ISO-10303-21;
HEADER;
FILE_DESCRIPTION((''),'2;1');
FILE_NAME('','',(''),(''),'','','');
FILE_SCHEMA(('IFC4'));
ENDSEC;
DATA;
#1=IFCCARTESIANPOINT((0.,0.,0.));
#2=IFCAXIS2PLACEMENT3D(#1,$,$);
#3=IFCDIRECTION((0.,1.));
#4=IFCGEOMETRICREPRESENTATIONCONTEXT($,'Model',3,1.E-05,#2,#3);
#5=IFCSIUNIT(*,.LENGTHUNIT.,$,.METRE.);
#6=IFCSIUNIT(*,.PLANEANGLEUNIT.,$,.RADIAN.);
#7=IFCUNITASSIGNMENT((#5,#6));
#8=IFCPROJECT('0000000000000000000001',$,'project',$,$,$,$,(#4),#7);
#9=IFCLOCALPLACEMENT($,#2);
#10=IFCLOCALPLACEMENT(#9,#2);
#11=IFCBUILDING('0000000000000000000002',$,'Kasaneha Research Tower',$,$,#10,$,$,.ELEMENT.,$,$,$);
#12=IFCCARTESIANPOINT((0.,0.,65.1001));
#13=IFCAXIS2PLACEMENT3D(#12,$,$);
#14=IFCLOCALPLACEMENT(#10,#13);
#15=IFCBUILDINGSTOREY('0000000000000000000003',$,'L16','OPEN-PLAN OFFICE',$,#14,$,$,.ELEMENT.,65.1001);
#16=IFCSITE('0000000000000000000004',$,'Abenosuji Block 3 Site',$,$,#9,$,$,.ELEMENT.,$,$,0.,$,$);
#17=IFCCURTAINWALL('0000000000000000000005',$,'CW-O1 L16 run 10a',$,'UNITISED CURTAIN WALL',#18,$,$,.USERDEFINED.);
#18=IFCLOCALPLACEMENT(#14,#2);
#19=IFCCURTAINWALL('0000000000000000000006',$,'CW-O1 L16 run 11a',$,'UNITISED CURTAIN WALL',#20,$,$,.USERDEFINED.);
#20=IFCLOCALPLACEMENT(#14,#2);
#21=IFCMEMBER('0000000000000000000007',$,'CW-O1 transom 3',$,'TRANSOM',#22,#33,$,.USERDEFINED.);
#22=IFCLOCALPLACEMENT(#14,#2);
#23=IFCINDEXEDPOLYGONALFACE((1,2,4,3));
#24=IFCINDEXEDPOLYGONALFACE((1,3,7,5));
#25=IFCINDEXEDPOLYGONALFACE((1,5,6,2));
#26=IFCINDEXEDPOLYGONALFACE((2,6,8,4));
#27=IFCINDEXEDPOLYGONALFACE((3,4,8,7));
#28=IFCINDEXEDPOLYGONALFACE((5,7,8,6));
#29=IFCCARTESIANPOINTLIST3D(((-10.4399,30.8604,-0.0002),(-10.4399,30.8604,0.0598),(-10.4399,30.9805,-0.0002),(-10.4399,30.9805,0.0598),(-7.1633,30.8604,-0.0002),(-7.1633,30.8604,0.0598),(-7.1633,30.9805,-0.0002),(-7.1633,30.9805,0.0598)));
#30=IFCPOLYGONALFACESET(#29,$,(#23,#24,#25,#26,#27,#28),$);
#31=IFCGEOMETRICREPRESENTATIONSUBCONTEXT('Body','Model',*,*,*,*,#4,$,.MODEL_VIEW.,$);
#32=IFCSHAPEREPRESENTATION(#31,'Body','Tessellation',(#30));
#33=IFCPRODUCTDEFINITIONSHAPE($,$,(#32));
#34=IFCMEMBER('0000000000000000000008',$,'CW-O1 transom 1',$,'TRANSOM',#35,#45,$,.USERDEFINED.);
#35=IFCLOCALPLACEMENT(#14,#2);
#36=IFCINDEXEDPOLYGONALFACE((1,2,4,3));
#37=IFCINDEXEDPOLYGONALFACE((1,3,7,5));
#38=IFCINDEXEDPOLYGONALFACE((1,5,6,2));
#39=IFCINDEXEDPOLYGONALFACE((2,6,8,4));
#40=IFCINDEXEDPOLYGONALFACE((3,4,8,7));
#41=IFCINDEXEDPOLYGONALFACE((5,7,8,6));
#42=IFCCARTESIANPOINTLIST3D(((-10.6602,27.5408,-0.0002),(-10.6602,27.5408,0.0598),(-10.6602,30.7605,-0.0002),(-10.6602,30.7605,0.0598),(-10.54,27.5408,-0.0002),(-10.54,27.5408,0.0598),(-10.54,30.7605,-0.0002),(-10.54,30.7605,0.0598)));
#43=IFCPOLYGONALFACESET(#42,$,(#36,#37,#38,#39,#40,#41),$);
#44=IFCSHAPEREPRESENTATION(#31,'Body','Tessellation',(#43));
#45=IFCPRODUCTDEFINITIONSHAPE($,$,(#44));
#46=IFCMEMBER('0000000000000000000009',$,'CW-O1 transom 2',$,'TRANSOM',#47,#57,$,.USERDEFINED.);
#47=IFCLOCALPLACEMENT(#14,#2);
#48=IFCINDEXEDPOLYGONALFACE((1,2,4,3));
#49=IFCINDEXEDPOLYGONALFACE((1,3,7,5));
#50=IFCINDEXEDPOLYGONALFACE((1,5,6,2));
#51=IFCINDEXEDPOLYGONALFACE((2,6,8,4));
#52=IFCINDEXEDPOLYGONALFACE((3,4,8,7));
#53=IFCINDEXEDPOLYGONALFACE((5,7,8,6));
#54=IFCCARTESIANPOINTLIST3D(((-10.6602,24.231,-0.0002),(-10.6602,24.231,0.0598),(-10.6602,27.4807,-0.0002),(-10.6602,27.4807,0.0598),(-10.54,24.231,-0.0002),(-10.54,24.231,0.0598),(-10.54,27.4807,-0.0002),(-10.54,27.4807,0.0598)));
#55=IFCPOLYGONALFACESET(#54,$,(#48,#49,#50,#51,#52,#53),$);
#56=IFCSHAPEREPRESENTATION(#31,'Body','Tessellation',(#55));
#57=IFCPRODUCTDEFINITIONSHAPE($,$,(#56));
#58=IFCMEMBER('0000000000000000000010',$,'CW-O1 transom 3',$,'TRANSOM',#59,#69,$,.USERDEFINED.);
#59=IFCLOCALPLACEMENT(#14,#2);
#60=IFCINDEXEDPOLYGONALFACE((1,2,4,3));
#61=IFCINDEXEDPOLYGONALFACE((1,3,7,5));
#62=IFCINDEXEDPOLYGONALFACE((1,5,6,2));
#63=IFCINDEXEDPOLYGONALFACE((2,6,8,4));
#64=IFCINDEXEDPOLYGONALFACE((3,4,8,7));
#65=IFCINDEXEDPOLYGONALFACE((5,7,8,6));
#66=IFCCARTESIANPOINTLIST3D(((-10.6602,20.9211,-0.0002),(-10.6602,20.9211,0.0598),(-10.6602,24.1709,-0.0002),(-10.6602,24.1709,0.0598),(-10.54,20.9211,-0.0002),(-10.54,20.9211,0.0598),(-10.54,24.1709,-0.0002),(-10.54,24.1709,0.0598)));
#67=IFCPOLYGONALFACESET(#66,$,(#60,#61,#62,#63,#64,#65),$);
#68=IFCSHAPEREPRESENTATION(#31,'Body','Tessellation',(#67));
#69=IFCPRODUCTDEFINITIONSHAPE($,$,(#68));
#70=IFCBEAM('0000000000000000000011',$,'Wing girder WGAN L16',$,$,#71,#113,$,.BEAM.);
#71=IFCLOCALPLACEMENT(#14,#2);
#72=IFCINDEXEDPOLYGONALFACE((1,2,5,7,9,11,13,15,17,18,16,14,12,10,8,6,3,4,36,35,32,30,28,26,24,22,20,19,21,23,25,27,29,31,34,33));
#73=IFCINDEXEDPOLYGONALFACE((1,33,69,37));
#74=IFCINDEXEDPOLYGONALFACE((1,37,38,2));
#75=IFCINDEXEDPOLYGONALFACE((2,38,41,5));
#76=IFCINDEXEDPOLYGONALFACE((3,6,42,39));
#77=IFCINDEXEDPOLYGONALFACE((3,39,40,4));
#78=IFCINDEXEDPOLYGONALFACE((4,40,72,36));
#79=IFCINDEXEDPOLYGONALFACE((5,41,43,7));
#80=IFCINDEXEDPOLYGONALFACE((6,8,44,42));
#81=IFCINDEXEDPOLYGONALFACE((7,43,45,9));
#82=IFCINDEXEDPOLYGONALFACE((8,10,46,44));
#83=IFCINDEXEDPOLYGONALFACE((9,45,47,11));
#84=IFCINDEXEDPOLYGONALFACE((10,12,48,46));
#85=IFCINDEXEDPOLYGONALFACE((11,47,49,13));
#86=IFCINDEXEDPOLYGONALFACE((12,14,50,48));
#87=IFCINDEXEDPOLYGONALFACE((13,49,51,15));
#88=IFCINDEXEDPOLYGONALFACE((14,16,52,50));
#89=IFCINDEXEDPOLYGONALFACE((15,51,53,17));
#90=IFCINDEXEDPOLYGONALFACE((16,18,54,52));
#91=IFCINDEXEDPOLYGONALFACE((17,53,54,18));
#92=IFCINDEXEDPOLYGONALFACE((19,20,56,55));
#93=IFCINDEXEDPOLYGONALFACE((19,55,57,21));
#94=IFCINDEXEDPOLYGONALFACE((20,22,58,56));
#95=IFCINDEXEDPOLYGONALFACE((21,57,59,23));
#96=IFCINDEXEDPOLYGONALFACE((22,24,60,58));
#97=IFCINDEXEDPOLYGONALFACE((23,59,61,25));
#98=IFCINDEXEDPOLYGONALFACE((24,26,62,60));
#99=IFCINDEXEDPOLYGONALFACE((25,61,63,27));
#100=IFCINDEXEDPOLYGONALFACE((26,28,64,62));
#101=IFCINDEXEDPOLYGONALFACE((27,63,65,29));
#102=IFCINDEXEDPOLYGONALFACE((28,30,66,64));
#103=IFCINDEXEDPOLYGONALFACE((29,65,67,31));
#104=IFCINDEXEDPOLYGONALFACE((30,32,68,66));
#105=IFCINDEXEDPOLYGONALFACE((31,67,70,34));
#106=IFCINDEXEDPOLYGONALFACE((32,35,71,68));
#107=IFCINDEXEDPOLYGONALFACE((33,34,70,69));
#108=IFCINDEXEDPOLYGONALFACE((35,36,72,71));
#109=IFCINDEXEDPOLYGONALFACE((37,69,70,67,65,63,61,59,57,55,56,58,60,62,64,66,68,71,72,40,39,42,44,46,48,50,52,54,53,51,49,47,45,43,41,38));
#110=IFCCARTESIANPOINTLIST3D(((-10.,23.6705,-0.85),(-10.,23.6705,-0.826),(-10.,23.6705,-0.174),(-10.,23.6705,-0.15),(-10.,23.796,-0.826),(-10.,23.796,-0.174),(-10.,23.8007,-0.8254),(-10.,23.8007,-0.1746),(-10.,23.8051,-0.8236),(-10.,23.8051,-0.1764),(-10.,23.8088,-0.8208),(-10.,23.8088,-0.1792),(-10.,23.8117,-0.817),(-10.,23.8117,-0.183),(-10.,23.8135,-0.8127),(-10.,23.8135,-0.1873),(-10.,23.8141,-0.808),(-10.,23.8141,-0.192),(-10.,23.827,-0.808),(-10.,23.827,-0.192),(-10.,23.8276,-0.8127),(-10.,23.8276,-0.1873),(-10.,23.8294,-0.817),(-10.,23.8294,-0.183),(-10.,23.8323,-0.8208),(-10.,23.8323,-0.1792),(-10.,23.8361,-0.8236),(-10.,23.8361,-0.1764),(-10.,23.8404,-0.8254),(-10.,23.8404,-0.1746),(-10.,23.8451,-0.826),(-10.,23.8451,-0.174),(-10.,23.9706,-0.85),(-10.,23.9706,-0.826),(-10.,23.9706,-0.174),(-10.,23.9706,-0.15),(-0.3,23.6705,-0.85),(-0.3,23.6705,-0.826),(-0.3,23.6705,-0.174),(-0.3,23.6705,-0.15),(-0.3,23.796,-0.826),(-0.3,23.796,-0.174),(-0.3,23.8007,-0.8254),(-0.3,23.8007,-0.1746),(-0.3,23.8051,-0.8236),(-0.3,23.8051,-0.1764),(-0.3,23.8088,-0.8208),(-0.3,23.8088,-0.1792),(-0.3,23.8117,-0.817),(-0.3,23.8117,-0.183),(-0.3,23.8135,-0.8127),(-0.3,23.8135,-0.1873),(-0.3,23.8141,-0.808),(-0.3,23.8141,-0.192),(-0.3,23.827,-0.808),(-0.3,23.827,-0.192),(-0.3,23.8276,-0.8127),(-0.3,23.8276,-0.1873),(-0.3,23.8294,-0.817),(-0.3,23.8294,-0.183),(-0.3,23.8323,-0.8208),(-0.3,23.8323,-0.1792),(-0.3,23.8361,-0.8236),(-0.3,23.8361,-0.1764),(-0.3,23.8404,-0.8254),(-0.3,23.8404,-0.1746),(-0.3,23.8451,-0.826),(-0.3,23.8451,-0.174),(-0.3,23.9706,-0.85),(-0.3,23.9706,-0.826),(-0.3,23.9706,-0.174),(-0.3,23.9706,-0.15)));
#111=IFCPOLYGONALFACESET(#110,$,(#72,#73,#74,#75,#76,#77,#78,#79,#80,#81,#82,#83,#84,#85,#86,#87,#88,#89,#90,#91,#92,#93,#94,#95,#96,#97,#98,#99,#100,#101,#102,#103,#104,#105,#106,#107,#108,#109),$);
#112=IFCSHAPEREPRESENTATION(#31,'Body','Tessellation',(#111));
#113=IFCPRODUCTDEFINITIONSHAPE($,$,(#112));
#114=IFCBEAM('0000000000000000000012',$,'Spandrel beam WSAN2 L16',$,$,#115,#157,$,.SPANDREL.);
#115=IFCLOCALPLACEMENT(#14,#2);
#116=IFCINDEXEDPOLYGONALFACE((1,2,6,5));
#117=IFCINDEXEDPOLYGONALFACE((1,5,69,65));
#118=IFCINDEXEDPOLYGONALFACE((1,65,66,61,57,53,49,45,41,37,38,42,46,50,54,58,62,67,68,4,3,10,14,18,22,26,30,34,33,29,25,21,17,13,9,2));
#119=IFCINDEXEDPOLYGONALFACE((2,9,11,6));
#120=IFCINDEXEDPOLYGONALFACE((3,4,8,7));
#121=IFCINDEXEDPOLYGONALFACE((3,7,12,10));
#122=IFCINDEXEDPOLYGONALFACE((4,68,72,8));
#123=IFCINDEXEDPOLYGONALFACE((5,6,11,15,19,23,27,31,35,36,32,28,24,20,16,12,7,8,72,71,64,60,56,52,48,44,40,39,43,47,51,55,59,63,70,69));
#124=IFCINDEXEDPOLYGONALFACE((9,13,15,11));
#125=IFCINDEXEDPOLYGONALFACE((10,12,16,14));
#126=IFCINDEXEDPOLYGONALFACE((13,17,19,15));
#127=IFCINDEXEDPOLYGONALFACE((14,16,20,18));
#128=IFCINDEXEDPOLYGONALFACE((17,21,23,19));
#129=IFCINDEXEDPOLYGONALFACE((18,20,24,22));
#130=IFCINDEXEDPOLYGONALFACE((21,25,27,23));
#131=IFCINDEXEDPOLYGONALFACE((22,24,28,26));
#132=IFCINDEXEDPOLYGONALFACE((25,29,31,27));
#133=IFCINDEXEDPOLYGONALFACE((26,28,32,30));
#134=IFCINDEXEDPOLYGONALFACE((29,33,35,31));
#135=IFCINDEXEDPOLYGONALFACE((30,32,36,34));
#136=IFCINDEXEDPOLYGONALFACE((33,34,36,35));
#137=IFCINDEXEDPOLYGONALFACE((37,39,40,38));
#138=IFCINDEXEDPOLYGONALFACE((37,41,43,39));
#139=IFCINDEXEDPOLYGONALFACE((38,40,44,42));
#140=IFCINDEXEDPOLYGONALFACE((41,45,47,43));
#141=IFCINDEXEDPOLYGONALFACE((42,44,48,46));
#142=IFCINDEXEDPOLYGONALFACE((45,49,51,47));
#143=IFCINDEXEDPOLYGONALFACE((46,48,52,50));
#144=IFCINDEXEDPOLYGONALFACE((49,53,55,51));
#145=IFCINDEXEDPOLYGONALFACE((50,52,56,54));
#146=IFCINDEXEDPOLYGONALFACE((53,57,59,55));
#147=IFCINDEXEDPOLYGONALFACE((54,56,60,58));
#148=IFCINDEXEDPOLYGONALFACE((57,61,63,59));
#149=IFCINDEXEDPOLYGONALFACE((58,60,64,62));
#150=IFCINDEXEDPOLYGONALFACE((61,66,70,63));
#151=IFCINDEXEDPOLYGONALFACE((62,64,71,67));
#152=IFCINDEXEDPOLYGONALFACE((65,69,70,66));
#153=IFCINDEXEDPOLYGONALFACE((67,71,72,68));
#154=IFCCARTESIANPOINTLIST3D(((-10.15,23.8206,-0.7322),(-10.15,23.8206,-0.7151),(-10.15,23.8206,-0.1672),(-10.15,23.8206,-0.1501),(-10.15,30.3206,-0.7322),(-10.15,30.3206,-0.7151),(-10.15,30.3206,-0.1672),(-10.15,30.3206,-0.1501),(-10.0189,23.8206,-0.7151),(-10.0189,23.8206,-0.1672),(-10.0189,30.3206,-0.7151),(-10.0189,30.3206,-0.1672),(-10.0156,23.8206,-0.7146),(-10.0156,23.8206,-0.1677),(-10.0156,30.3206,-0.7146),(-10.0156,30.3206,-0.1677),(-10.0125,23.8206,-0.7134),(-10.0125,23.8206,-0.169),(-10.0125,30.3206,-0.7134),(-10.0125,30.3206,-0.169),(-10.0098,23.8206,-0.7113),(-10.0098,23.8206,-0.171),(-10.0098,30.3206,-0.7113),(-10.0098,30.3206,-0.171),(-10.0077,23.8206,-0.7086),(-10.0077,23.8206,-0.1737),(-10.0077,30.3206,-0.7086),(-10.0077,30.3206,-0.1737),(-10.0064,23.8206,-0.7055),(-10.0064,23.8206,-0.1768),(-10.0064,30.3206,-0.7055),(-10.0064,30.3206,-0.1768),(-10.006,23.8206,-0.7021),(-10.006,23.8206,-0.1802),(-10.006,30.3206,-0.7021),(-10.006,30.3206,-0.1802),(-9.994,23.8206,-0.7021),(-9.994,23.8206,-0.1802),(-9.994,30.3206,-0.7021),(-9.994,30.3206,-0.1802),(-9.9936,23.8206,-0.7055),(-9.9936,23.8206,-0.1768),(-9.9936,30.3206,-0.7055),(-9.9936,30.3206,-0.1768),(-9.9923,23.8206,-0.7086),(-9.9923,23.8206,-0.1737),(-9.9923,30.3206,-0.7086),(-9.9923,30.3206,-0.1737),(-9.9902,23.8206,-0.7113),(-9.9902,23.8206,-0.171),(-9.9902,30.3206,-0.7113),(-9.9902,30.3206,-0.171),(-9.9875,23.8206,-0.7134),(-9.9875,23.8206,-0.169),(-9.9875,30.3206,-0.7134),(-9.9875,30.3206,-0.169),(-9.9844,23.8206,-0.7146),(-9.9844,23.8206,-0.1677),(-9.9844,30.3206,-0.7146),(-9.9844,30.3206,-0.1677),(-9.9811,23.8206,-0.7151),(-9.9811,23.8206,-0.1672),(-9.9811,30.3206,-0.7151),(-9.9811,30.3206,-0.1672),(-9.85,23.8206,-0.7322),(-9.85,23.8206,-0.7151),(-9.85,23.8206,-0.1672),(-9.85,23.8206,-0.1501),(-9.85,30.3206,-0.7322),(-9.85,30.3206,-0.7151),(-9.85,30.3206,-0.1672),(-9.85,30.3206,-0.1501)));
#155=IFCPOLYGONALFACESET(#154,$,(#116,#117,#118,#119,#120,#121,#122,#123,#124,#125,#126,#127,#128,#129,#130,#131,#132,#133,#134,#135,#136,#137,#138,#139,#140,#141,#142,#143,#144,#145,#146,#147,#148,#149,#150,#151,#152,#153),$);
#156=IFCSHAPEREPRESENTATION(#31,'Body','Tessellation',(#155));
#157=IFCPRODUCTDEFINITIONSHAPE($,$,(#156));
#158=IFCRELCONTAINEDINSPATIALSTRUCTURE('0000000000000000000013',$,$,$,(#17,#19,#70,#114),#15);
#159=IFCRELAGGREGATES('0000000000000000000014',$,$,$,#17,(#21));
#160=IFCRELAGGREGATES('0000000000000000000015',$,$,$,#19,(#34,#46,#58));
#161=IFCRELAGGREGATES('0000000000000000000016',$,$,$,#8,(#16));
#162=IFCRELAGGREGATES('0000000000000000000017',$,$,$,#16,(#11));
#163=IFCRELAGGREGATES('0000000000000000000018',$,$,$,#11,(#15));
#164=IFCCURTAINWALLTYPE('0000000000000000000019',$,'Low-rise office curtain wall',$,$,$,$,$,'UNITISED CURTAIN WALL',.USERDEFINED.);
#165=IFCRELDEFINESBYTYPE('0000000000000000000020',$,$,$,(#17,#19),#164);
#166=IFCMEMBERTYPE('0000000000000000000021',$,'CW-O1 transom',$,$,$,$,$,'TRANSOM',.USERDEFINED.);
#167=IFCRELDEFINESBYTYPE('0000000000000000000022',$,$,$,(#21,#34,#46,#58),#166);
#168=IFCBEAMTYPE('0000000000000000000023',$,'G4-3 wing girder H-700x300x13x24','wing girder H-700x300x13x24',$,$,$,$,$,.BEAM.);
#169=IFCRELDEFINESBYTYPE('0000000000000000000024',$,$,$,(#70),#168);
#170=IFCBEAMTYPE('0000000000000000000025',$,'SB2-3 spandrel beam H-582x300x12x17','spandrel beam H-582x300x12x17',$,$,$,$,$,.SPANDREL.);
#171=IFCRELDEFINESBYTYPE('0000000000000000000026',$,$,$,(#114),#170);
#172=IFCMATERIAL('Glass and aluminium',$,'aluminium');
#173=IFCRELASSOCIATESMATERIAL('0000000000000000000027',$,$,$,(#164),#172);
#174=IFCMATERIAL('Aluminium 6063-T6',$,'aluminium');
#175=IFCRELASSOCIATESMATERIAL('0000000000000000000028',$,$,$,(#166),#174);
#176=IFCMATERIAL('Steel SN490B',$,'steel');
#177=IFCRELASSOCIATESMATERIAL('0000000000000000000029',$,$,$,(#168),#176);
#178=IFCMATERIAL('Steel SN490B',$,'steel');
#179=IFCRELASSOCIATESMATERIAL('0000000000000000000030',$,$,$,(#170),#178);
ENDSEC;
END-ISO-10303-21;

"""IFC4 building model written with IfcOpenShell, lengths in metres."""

from ifc_helpers import new_model, si_unit, direction, frame, origin, origin_2d, place, context, subcontext, project, spatial, rectangle, i_section, extrude, material, material_profile, profile_set, type_object, element, aggregate, save


model = new_model("IFC4")

# Units and contexts
model_context = context("Model", 3, precision=1e-05, world=origin(), true_north=direction((0.0, 1.0)))
body_context = subcontext(model_context, "Body", "Model", "MODEL_VIEW")
ifc_project = project(units=[si_unit("LENGTHUNIT", "METRE"), si_unit("PLANEANGLEUNIT", "RADIAN")], contexts=[model_context])

# Site, building, storey
site_placement = place(None, origin())
site = spatial("IfcSite", under=ifc_project, at=site_placement, Name="Abenosuji Block 3 Site", CompositionType="ELEMENT", RefElevation=0.0)
building_placement = place(site_placement, origin())
building = spatial("IfcBuilding", under=site, at=building_placement, Name="Kasaneha Research Tower", CompositionType="ELEMENT")
storey_placement = place(building_placement, frame((0.0, 0.0, 65.1001)))
storey = spatial("IfcBuildingStorey", under=building, at=storey_placement, Name="L16", Description="OPEN-PLAN OFFICE", CompositionType="ELEMENT", Elevation=65.1001)

# Curtain walls
ifc_material_1 = material(Name="Glass and aluminium", Category="aluminium")
curtain_wall_type = type_object("IfcCurtainWallType", Name="Low-rise office curtain wall", ElementType="UNITISED CURTAIN WALL", PredefinedType="USERDEFINED", material=ifc_material_1)
curtain_wall_1_placement = place(storey_placement, origin())
curtain_wall_1 = element("IfcCurtainWall", 1, at=curtain_wall_1_placement, inside=storey, type_object=curtain_wall_type, Name="CW-O1 L16 run 10a", ObjectType="UNITISED CURTAIN WALL", PredefinedType="USERDEFINED")
curtain_wall_2_placement = place(storey_placement, origin())
curtain_wall_2 = element("IfcCurtainWall", 2, at=curtain_wall_2_placement, inside=storey, type_object=curtain_wall_type, Name="CW-O1 L16 run 11a", ObjectType="UNITISED CURTAIN WALL", PredefinedType="USERDEFINED")

# Members
ifc_material_2 = material(Name="Aluminium 6063-T6", Category="aluminium")
ifc_material_profile_1 = material_profile(ifc_material_2, rectangle(XDim=0.1201, YDim=0.0601, at=origin_2d()), Name="CW-O1 transom 120x60")
ifc_profile_set_1 = profile_set([ifc_material_profile_1], Name="Aluminium 6063-T6")
member_type_1 = type_object("IfcMemberType", Name="CW-O1 transom", ElementType="TRANSOM", PredefinedType="USERDEFINED", material=ifc_profile_set_1)
member_1_placement = place(storey_placement, frame((-7.1633, 30.9204, 0.0298), z_axis=(-1.0, 0.0, 0.0), x_axis=(0.0, -1.0, 0.0)))
member_1 = element("IfcMember", 3, at=member_1_placement, type_object=member_type_1, Name="CW-O1 transom 3", ObjectType="TRANSOM", PredefinedType="USERDEFINED", context=body_context, shape_type="SweptSolid", body=[
    extrude(rectangle(XDim=0.1201, YDim=0.0601, at=origin_2d()), origin(), (0.0, 0.0, 1.0), 3.2766),
])
member_2_placement = place(storey_placement, frame((-10.6001, 30.7605, 0.0298), z_axis=(0.0, -1.0, 0.0), x_axis=(1.0, 0.0, 0.0)))
member_2 = element("IfcMember", 4, at=member_2_placement, type_object=member_type_1, Name="CW-O1 transom 1", ObjectType="TRANSOM", PredefinedType="USERDEFINED", context=body_context, shape_type="SweptSolid", body=[
    extrude(rectangle(XDim=0.1201, YDim=0.0601, at=origin_2d()), origin(), (0.0, 0.0, 1.0), 3.2197),
])
member_3_placement = place(storey_placement, frame((-10.6001, 27.4807, 0.0298), z_axis=(0.0, -1.0, 0.0), x_axis=(1.0, 0.0, 0.0)))
member_3 = element("IfcMember", 5, at=member_3_placement, type_object=member_type_1, Name="CW-O1 transom 2", ObjectType="TRANSOM", PredefinedType="USERDEFINED", context=body_context, shape_type="SweptSolid", body=[
    extrude(rectangle(XDim=0.1201, YDim=0.0601, at=origin_2d()), origin(), (0.0, 0.0, 1.0), 3.2498),
])
member_4_placement = place(storey_placement, frame((-10.6001, 24.1709, 0.0298), z_axis=(0.0, -1.0, 0.0), x_axis=(1.0, 0.0, 0.0)))
member_4 = element("IfcMember", 6, at=member_4_placement, type_object=member_type_1, Name="CW-O1 transom 3", ObjectType="TRANSOM", PredefinedType="USERDEFINED", context=body_context, shape_type="SweptSolid", body=[
    extrude(rectangle(XDim=0.1201, YDim=0.0601, at=origin_2d()), origin(), (0.0, 0.0, 1.0), 3.2498),
])

# Beams
ifc_material_3 = material(Name="Steel SN490B", Category="steel")
ifc_material_profile_2 = material_profile(ifc_material_3, i_section(OverallWidth=0.3, OverallDepth=0.7, WebThickness=0.0129, FlangeThickness=0.0239, FilletRadius=0.0181, at=origin_2d()), Name="H-700x300x13x24")
ifc_profile_set_2 = profile_set([ifc_material_profile_2], Name="Steel SN490B")
beam_type_1 = type_object("IfcBeamType", Name="G4-3 wing girder H-700x300x13x24", Description="wing girder H-700x300x13x24", PredefinedType="BEAM", material=ifc_profile_set_2)
beam_1_placement = place(storey_placement, frame((-10.0, 23.8206, -0.5), z_axis=(1.0, 0.0, 0.0), x_axis=(0.0, 1.0, 0.0)))
element("IfcBeam", 7, at=beam_1_placement, inside=storey, type_object=beam_type_1, Name="Wing girder WGAN L16", PredefinedType="BEAM", context=body_context, shape_type="SweptSolid", body=[
    extrude(i_section(OverallWidth=0.3, OverallDepth=0.7, WebThickness=0.0129, FlangeThickness=0.0239, FilletRadius=0.0181, at=origin_2d()), origin(), (0.0, 0.0, 1.0), 9.7),
])
ifc_material_4 = material(Name="Steel SN490B", Category="steel")
ifc_material_profile_3 = material_profile(ifc_material_4, i_section(OverallWidth=0.3, OverallDepth=0.582, WebThickness=0.012, FlangeThickness=0.0171, FilletRadius=0.0129, at=origin_2d()), Name="H-582x300x12x17")
ifc_profile_set_3 = profile_set([ifc_material_profile_3], Name="Steel SN490B")
beam_type_2 = type_object("IfcBeamType", Name="SB2-3 spandrel beam H-582x300x12x17", Description="spandrel beam H-582x300x12x17", PredefinedType="SPANDREL", material=ifc_profile_set_3)
beam_2_placement = place(storey_placement, frame((-10.0, 23.8206, -0.4412), z_axis=(0.0, 1.0, 0.0), x_axis=(-1.0, 0.0, 0.0)))
element("IfcBeam", 8, at=beam_2_placement, inside=storey, type_object=beam_type_2, Name="Spandrel beam WSAN2 L16", PredefinedType="SPANDREL", context=body_context, shape_type="SweptSolid", body=[
    extrude(i_section(OverallWidth=0.3, OverallDepth=0.582, WebThickness=0.012, FlangeThickness=0.0171, FilletRadius=0.0129, at=origin_2d()), origin(), (0.0, 0.0, 1.0), 6.5),
])

aggregate(curtain_wall_1, [member_1])
aggregate(curtain_wall_2, [member_2, member_3, member_4])

save(model, "model.ifc")
